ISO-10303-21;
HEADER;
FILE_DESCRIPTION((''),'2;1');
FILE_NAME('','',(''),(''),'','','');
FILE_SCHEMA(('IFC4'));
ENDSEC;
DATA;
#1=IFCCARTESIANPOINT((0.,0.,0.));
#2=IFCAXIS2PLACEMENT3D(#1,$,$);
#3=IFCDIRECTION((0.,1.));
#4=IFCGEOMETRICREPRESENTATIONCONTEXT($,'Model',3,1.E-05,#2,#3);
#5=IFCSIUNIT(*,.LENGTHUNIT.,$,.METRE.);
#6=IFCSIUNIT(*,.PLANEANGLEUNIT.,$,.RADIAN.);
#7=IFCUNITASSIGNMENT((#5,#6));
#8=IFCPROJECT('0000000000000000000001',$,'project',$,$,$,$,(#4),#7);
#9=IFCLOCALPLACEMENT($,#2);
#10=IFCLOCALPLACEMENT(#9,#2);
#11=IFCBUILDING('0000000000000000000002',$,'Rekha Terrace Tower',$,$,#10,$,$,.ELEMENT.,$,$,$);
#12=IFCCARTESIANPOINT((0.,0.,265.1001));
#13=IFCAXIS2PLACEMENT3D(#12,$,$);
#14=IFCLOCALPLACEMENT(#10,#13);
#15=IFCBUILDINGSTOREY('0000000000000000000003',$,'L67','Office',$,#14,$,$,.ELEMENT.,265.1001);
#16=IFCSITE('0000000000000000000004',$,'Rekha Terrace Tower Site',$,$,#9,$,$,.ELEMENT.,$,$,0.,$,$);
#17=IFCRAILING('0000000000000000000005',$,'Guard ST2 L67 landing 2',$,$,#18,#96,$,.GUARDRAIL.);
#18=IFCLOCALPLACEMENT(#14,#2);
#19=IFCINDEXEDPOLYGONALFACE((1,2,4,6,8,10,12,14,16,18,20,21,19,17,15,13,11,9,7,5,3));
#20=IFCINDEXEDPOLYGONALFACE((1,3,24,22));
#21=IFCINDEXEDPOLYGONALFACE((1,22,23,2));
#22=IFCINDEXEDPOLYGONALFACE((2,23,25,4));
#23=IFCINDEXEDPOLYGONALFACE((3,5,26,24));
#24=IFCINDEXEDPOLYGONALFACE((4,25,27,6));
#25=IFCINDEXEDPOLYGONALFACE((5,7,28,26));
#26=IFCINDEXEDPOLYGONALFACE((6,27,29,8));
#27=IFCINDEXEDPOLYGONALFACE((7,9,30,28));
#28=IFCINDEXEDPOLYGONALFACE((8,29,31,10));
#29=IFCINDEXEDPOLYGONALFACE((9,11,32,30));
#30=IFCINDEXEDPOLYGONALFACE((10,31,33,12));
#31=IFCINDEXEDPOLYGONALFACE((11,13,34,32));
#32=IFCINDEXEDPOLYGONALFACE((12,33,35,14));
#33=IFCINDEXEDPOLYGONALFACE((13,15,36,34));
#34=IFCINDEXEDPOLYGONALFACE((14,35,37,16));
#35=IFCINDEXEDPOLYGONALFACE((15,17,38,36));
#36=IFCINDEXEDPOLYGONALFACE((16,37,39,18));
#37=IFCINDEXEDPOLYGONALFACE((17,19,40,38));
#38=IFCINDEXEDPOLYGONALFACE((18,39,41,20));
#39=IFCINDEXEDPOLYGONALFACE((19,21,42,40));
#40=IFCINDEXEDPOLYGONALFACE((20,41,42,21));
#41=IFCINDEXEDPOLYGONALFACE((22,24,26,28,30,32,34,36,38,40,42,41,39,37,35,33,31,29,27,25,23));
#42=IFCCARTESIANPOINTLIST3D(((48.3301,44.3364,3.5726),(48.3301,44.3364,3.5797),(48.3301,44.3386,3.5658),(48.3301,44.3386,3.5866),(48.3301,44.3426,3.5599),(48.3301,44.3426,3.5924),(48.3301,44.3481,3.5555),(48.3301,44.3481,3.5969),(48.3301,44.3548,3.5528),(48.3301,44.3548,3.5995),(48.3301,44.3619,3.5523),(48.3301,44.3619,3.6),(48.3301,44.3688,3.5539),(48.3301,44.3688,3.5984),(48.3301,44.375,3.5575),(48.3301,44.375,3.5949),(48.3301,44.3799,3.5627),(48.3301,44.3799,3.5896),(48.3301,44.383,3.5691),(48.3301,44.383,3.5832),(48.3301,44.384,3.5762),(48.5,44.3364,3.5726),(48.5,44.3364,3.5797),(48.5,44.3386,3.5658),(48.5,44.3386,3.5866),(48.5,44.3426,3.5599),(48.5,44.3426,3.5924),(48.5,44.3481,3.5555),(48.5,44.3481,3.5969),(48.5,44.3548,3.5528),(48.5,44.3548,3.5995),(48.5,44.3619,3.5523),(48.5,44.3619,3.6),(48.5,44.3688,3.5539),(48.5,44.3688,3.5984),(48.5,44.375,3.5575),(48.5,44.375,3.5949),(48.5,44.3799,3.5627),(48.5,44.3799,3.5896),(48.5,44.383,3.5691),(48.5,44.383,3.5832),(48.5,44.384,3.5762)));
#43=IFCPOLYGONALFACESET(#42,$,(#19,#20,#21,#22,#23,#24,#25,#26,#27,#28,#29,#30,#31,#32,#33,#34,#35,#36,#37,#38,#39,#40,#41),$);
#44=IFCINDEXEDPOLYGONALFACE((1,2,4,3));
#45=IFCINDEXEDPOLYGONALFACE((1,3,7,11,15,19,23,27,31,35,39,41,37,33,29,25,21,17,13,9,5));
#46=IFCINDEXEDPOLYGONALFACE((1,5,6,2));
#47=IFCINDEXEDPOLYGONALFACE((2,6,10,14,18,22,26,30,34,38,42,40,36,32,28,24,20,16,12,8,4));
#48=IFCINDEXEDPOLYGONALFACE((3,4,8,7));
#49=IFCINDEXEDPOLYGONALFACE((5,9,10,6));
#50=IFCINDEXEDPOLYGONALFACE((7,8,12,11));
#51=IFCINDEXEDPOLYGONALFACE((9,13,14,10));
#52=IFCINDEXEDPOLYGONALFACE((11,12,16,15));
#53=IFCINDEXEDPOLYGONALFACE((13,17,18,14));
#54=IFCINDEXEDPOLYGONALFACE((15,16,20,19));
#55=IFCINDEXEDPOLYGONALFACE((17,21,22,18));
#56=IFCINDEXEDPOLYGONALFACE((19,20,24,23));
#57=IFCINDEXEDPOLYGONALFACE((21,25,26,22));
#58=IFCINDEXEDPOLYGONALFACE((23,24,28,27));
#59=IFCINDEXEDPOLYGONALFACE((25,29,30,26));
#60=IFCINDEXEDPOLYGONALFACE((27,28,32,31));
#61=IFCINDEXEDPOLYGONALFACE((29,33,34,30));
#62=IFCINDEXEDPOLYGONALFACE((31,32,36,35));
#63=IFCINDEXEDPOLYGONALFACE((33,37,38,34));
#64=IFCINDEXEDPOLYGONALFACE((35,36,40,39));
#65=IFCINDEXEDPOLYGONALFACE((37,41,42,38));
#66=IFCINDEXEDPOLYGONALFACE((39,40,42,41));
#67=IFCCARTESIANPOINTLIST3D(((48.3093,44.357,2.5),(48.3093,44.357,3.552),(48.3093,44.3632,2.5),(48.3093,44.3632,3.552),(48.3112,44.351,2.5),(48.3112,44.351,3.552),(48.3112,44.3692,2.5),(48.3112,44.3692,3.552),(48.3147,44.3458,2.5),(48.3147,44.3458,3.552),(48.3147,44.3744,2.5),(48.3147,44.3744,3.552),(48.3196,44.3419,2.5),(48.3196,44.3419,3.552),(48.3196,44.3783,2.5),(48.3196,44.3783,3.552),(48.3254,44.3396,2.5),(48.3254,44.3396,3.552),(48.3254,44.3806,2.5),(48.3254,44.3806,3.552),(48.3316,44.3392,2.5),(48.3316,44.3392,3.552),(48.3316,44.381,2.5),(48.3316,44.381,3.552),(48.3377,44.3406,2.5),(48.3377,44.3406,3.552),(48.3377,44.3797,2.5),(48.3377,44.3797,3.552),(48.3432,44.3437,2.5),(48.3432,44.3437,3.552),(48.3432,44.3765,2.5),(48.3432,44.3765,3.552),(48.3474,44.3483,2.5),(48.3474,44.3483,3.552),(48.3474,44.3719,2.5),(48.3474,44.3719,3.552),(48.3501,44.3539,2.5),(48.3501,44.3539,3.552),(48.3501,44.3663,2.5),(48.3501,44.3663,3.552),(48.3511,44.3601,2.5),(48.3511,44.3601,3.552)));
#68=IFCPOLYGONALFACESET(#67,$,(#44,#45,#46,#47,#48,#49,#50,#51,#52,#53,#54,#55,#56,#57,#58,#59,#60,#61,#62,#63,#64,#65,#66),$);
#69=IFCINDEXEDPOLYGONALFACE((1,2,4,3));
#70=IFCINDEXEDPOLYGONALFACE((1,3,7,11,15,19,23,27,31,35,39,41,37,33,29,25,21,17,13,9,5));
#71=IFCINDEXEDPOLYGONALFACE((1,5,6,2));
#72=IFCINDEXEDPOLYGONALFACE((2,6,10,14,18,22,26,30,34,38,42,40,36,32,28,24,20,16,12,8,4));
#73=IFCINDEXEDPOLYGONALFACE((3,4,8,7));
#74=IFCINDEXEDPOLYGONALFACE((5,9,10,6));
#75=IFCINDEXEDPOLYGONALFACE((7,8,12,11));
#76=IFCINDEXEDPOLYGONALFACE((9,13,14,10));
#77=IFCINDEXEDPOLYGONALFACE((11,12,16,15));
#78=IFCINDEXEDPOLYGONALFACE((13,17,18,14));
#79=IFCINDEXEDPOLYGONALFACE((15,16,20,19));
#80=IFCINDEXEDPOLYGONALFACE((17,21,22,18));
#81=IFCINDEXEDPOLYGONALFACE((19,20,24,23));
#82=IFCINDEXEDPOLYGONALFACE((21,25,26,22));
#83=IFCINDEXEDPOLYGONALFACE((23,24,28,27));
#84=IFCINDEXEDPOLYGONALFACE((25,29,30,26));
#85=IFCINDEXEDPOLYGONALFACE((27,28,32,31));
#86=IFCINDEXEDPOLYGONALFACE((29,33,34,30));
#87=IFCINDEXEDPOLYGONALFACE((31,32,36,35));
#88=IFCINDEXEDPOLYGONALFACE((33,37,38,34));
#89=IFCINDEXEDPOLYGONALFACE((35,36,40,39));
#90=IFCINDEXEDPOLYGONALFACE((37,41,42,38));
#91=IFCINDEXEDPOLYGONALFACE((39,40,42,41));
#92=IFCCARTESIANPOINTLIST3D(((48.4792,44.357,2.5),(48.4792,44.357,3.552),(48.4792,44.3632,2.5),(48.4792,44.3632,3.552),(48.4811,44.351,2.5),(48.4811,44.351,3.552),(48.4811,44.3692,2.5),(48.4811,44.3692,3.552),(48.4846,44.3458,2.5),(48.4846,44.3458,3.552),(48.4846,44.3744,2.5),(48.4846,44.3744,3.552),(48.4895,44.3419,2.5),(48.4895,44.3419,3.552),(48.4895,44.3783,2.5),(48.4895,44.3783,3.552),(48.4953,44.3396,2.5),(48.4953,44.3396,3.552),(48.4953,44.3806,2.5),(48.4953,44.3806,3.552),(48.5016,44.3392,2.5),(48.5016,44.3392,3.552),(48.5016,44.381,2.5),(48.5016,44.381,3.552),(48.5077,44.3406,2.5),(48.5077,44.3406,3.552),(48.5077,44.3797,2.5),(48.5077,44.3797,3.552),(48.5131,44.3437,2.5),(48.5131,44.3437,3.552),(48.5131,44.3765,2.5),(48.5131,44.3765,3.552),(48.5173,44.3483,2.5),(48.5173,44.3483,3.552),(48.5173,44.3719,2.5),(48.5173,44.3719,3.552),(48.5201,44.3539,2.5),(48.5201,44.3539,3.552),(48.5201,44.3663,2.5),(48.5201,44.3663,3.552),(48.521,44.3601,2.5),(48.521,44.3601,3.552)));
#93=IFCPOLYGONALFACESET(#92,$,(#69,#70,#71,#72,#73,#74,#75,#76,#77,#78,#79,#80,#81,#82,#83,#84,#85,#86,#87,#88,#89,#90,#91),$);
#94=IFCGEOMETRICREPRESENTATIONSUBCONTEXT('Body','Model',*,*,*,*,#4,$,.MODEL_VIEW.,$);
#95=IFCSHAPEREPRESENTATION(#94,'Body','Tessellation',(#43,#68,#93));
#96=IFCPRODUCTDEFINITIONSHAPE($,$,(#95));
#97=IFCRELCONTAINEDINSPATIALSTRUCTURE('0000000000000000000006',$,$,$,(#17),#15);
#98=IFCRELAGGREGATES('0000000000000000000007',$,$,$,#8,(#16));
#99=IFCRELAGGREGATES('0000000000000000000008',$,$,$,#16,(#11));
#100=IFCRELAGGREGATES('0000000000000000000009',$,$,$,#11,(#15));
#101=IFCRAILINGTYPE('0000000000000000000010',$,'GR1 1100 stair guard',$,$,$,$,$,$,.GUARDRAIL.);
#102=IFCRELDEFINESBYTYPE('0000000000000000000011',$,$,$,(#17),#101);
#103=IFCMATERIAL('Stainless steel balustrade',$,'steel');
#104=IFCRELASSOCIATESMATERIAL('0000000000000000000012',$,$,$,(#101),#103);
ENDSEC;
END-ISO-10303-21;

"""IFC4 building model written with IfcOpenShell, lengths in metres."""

from ifc_helpers import new_model, si_unit, direction, frame, origin, origin_2d, place, context, subcontext, project, spatial, circle, extrude, material, type_object, element, save


model = new_model("IFC4")

# Units and contexts
model_context = context("Model", 3, precision=1e-05, world=origin(), true_north=direction((0.0, 1.0)))
body_context = subcontext(model_context, "Body", "Model", "MODEL_VIEW")
ifc_project = project(units=[si_unit("LENGTHUNIT", "METRE"), si_unit("PLANEANGLEUNIT", "RADIAN")], contexts=[model_context])

# Site, building, storey
site_placement = place(None, origin())
site = spatial("IfcSite", under=ifc_project, at=site_placement, Name="Rekha Terrace Tower Site", CompositionType="ELEMENT", RefElevation=0.0)
building_placement = place(site_placement, origin())
building = spatial("IfcBuilding", under=site, at=building_placement, Name="Rekha Terrace Tower", CompositionType="ELEMENT")
storey_placement = place(building_placement, frame((0.0, 0.0, 265.1001)))
storey = spatial("IfcBuildingStorey", under=building, at=storey_placement, Name="L67", Description="Office", CompositionType="ELEMENT", Elevation=265.1001)

# Railing
ifc_material_1 = material(Name="Stainless steel balustrade", Category="steel")
railing_type_1 = type_object("IfcRailingType", Name="GR1 1100 stair guard", PredefinedType="GUARDRAIL", material=ifc_material_1)
railing_1_placement = place(storey_placement, frame((48.3301, 44.3601, 2.5)))
element("IfcRailing", 1, at=railing_1_placement, inside=storey, type_object=railing_type_1, Name="Guard ST2 L67 landing 2", PredefinedType="GUARDRAIL", context=body_context, shape_type="SweptSolid", body=[
    extrude(circle(Radius=0.0239, at=origin_2d()), frame((0.0, 0.0, 1.0762), z_axis=(1.0, 0.0, 0.0), x_axis=(0.0, 1.0, 0.0)), (0.0, 0.0, 1.0), 0.1699),
    extrude(circle(Radius=0.021, at=origin_2d()), origin(), (0.0, 0.0, 1.0), 1.052),
    extrude(circle(Radius=0.021, at=origin_2d()), frame((0.1699, 0.0, 0.0)), (0.0, 0.0, 1.0), 1.052),
])

save(model, "model.ifc")
